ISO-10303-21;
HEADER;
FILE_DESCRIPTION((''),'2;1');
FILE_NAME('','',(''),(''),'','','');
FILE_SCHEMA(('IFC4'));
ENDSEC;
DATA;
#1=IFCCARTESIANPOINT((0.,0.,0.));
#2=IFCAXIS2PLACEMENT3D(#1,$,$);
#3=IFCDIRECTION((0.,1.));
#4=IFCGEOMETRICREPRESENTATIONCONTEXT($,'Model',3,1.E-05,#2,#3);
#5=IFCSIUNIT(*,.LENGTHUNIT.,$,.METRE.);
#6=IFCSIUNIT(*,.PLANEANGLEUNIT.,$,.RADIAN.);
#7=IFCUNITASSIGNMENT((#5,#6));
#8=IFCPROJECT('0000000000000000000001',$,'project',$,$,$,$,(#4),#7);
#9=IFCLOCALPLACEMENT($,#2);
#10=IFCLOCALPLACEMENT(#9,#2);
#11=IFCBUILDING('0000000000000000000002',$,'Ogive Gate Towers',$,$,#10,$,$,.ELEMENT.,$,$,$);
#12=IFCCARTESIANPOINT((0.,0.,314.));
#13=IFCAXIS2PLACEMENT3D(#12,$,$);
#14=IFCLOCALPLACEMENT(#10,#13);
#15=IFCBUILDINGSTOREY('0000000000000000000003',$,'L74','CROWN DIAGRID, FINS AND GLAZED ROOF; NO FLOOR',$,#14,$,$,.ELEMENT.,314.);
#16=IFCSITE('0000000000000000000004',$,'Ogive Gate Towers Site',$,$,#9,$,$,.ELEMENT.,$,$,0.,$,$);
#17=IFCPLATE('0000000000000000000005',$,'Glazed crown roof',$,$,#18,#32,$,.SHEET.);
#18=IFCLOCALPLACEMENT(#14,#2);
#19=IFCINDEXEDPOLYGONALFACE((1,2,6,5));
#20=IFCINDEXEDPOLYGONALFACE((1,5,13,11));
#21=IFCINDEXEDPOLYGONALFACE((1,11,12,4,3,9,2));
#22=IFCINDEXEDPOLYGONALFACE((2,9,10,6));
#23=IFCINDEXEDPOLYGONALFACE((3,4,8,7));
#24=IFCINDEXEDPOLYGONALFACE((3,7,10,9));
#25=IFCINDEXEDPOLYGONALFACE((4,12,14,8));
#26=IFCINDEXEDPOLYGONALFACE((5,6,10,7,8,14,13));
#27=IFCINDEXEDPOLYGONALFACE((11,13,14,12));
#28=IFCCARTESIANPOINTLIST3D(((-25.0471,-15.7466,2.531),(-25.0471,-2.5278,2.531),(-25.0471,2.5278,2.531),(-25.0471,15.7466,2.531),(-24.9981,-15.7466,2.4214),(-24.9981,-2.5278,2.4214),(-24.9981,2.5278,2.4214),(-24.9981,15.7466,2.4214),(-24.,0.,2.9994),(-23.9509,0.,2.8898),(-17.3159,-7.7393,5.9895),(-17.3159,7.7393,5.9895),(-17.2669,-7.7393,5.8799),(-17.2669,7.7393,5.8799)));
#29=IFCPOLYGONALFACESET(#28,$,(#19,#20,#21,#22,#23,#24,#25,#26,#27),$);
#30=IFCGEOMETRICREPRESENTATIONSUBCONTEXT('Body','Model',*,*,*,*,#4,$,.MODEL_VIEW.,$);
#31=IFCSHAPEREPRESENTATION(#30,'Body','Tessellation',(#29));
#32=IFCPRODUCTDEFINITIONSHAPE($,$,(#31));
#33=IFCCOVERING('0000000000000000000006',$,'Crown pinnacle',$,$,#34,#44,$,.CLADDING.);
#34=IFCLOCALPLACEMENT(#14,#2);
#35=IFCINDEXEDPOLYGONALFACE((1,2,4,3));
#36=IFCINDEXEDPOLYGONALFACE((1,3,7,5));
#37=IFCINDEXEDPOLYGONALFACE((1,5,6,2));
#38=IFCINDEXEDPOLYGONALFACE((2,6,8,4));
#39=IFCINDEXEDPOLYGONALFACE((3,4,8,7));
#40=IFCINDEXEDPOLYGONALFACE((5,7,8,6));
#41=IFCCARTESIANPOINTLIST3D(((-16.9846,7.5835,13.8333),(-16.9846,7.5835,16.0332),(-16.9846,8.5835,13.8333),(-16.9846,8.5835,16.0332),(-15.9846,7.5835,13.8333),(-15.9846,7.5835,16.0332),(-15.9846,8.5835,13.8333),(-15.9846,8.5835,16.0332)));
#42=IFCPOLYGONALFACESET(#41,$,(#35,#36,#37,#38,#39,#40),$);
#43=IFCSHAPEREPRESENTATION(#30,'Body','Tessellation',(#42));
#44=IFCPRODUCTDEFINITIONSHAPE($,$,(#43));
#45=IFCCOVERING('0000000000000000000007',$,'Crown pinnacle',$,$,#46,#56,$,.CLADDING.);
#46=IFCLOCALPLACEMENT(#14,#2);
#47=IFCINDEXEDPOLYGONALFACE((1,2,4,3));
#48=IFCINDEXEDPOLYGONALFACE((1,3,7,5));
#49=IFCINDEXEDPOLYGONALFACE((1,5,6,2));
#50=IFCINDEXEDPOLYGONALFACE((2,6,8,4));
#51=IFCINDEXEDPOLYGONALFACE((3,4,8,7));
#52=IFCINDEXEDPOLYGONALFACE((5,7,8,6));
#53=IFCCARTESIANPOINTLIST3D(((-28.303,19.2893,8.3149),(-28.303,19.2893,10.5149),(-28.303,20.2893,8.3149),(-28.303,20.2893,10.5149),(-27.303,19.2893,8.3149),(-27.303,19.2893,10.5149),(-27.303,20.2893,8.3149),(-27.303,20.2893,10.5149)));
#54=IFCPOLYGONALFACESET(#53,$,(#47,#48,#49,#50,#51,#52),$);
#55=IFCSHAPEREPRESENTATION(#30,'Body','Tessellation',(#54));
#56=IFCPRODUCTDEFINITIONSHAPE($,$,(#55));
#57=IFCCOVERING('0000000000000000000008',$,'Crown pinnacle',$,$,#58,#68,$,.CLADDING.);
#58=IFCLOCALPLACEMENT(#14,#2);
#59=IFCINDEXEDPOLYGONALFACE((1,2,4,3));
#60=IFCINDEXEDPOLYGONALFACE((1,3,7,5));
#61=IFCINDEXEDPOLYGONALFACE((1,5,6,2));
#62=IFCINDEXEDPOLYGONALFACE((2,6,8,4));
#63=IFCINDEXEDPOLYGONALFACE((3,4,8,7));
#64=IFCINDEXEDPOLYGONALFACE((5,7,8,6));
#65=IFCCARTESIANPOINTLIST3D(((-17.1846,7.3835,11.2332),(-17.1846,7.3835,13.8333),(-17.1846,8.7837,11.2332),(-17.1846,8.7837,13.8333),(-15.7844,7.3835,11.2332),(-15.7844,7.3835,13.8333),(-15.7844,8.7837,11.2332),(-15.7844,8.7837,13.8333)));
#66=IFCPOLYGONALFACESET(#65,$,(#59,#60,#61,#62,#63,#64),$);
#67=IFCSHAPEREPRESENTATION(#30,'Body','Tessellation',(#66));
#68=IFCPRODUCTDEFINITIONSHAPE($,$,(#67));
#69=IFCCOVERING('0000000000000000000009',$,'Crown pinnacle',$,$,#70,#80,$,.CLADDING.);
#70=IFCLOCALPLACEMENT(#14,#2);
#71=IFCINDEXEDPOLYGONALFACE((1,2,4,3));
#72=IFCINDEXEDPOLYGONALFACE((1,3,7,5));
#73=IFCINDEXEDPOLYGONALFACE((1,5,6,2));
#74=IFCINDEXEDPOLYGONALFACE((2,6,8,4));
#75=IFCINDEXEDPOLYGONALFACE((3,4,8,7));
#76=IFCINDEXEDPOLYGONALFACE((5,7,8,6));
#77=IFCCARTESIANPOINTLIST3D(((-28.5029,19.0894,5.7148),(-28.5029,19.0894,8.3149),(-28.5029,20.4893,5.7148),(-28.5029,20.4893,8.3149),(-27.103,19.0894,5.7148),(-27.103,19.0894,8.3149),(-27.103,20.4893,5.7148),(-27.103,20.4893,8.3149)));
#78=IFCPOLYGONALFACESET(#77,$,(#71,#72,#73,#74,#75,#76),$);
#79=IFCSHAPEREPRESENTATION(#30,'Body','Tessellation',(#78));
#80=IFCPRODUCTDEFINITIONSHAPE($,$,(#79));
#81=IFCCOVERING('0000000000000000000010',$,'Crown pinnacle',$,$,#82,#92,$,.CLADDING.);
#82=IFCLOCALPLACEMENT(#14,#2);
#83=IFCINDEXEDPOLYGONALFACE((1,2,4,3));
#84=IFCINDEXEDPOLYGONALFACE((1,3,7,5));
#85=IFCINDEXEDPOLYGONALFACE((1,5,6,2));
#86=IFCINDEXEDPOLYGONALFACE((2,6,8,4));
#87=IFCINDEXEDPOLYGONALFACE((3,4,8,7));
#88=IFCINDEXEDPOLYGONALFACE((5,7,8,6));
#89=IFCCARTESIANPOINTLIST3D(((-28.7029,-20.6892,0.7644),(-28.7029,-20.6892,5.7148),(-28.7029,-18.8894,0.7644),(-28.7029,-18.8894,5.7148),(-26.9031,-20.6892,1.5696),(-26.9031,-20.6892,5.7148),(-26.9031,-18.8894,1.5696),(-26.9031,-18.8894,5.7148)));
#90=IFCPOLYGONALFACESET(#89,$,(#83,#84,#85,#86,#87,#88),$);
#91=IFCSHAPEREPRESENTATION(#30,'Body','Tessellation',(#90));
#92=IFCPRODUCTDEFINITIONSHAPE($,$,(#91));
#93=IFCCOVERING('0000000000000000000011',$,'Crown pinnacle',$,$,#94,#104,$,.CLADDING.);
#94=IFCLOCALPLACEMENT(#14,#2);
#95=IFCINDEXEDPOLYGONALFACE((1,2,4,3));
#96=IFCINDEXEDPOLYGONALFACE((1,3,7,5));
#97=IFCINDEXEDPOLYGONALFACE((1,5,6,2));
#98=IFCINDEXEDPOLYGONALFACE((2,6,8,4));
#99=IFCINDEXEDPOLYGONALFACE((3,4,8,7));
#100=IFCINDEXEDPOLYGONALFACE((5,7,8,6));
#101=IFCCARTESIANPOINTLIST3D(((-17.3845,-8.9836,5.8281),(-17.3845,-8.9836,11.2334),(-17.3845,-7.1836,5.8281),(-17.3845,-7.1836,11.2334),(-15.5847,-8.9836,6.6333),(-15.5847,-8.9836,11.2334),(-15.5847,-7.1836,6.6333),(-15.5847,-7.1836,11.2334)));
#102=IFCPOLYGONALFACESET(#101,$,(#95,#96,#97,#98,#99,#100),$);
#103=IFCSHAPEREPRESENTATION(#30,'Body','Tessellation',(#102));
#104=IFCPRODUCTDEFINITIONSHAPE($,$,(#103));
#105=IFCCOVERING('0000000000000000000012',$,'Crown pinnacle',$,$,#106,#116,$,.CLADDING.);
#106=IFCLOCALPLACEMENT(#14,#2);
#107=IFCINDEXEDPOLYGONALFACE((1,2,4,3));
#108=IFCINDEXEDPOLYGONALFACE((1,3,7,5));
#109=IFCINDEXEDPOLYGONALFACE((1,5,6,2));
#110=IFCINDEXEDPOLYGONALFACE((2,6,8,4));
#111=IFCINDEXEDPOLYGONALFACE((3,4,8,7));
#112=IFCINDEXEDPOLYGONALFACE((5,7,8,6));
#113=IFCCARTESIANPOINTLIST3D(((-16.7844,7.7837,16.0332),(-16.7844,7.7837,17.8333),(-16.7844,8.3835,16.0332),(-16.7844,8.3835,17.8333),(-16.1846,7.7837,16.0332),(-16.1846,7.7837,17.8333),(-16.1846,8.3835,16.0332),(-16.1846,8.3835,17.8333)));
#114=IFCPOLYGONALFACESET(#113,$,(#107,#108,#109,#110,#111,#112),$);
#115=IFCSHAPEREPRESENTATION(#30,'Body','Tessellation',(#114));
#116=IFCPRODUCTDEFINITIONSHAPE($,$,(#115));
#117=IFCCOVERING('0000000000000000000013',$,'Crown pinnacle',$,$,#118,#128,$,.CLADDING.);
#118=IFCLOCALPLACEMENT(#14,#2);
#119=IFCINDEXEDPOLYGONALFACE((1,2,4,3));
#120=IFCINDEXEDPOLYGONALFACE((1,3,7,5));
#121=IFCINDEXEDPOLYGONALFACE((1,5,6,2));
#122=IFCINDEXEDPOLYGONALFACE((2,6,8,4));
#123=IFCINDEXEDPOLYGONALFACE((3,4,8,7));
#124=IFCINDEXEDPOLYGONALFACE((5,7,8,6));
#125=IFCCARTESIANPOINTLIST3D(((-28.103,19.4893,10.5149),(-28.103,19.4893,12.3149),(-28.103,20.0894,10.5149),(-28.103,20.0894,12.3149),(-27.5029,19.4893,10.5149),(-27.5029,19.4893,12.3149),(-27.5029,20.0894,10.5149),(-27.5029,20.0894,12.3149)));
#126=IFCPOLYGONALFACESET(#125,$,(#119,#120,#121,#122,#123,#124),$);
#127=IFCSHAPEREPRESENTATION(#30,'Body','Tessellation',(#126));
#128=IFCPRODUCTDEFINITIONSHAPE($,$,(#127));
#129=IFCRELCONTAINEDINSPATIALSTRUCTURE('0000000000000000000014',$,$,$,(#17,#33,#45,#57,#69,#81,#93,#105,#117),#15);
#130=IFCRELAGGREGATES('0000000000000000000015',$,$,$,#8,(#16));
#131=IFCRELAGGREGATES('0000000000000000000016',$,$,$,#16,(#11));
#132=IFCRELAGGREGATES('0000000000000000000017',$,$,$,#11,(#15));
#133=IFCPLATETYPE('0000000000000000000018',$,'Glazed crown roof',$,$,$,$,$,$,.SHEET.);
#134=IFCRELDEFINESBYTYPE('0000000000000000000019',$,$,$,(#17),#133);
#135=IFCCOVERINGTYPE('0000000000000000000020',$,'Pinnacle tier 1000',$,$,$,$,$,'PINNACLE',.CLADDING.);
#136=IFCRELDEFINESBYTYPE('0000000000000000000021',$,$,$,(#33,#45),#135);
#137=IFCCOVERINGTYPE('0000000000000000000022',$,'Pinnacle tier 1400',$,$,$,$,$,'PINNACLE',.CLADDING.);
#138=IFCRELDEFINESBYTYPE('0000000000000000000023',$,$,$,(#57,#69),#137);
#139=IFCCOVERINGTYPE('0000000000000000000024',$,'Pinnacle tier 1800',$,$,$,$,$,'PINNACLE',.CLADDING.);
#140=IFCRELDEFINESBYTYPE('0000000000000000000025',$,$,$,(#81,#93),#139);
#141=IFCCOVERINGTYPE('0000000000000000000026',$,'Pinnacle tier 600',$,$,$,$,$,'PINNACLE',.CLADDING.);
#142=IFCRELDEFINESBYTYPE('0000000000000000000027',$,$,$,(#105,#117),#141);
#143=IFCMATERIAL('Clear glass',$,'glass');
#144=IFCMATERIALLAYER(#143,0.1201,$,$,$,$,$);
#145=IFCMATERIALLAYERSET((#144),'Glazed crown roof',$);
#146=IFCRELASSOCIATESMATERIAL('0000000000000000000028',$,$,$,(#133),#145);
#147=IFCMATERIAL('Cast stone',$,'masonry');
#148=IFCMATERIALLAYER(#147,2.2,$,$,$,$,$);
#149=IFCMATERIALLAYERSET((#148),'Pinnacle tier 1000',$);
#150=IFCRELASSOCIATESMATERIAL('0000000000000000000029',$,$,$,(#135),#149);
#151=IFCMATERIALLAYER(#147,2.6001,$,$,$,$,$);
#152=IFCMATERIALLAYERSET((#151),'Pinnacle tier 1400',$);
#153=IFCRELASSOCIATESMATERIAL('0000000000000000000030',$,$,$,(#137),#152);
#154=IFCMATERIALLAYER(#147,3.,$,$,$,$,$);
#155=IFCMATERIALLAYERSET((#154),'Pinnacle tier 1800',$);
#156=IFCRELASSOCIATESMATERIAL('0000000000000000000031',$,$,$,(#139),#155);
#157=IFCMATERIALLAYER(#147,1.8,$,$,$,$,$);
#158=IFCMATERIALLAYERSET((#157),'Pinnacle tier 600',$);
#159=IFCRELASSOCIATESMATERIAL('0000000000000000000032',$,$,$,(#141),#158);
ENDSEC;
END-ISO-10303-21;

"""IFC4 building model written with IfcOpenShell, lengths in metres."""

from ifc_helpers import new_model, si_unit, direction, frame, origin, place, context, subcontext, project, spatial, polyline, outline, extrude, material, layer, layer_set, type_object, element, save


model = new_model("IFC4")

# Units and contexts
model_context = context("Model", 3, precision=1e-05, world=origin(), true_north=direction((0.0, 1.0)))
body_context = subcontext(model_context, "Body", "Model", "MODEL_VIEW")
ifc_project = project(units=[si_unit("LENGTHUNIT", "METRE"), si_unit("PLANEANGLEUNIT", "RADIAN")], contexts=[model_context])

# Site, building, storey
site_placement = place(None, origin())
site = spatial("IfcSite", under=ifc_project, at=site_placement, Name="Ogive Gate Towers Site", CompositionType="ELEMENT", RefElevation=0.0)
building_placement = place(site_placement, origin())
building = spatial("IfcBuilding", under=site, at=building_placement, Name="Ogive Gate Towers", CompositionType="ELEMENT")
storey_placement = place(building_placement, frame((0.0, 0.0, 314.0)))
storey = spatial("IfcBuildingStorey", under=building, at=storey_placement, Name="L74", Description="CROWN DIAGRID, FINS AND GLAZED ROOF; NO FLOOR", CompositionType="ELEMENT", Elevation=314.0)

# Plate
ifc_material_1 = material(Name="Clear glass", Category="glass")
ifc_layer_1 = layer(ifc_material_1, 0.1201)
ifc_layer_set_1 = layer_set([ifc_layer_1], Name="Glazed crown roof")
plate_type_1 = type_object("IfcPlateType", Name="Glazed crown roof", PredefinedType="SHEET", material=ifc_layer_set_1)
plate_1_placement = place(storey_placement, frame((-17.3159, -7.7393, 5.9895), z_axis=(-0.408346, 0.0, 0.912827), x_axis=(-0.663311, -0.687002, -0.296727)))
element("IfcPlate", 1, at=plate_1_placement, inside=storey, type_object=plate_type_1, Name="Glazed crown roof", PredefinedType="SHEET", context=body_context, shape_type="SweptSolid", body=[
    extrude(outline(polyline([(0.0, 0.0), (11.6555, 0.0), (2.5742, -9.6055), (0.004, -10.6543), (-0.8991, -13.2792), (-9.9804, -22.8847), (-10.6338, -11.2476), (0.0, 0.0)])), origin(), (0.0, 0.0, -1.0), 0.1201),
])

# Coverings
ifc_material_2 = material(Name="Cast stone", Category="masonry")
ifc_layer_2 = layer(ifc_material_2, 2.2)
ifc_layer_set_2 = layer_set([ifc_layer_2], Name="Pinnacle tier 1000")
covering_type_1 = type_object("IfcCoveringType", Name="Pinnacle tier 1000", ElementType="PINNACLE", PredefinedType="CLADDING", material=ifc_layer_set_2)
covering_1_placement = place(storey_placement, frame((0.0, 0.0, 13.8333)))
element("IfcCovering", 2, at=covering_1_placement, inside=storey, type_object=covering_type_1, Name="Crown pinnacle", PredefinedType="CLADDING", context=body_context, shape_type="SweptSolid", body=[
    extrude(outline(polyline([(-16.9846, 7.5835), (-15.9846, 7.5835), (-15.9846, 8.5835), (-16.9846, 8.5835), (-16.9846, 7.5835)])), origin(), (0.0, 0.0, 1.0), 2.2),
])
covering_2_placement = place(storey_placement, frame((0.0, 0.0, 8.3149)))
element("IfcCovering", 3, at=covering_2_placement, inside=storey, type_object=covering_type_1, Name="Crown pinnacle", PredefinedType="CLADDING", context=body_context, shape_type="SweptSolid", body=[
    extrude(outline(polyline([(-28.303, 19.2893), (-27.303, 19.2893), (-27.303, 20.2893), (-28.303, 20.2893), (-28.303, 19.2893)])), origin(), (0.0, 0.0, 1.0), 2.2),
])
ifc_layer_3 = layer(ifc_material_2, 2.6001)
ifc_layer_set_3 = layer_set([ifc_layer_3], Name="Pinnacle tier 1400")
covering_type_2 = type_object("IfcCoveringType", Name="Pinnacle tier 1400", ElementType="PINNACLE", PredefinedType="CLADDING", material=ifc_layer_set_3)
covering_3_placement = place(storey_placement, frame((0.0, 0.0, 11.2332)))
element("IfcCovering", 4, at=covering_3_placement, inside=storey, type_object=covering_type_2, Name="Crown pinnacle", PredefinedType="CLADDING", context=body_context, shape_type="SweptSolid", body=[
    extrude(outline(polyline([(-17.1846, 7.3835), (-15.7844, 7.3835), (-15.7844, 8.7837), (-17.1846, 8.7837), (-17.1846, 7.3835)])), origin(), (0.0, 0.0, 1.0), 2.6001),
])
covering_4_placement = place(storey_placement, frame((0.0, 0.0, 5.7148)))
element("IfcCovering", 5, at=covering_4_placement, inside=storey, type_object=covering_type_2, Name="Crown pinnacle", PredefinedType="CLADDING", context=body_context, shape_type="SweptSolid", body=[
    extrude(outline(polyline([(-28.5029, 19.0894), (-27.103, 19.0894), (-27.103, 20.4893), (-28.5029, 20.4893), (-28.5029, 19.0894)])), origin(), (0.0, 0.0, 1.0), 2.6001),
])
ifc_layer_4 = layer(ifc_material_2, 3.0)
ifc_layer_set_4 = layer_set([ifc_layer_4], Name="Pinnacle tier 1800")
covering_type_3 = type_object("IfcCoveringType", Name="Pinnacle tier 1800", ElementType="PINNACLE", PredefinedType="CLADDING", material=ifc_layer_set_4)
covering_5_placement = place(storey_placement, frame((-27.803, -20.6892, 1.167), z_axis=(0.0, 1.0, 0.0), x_axis=(-1.0, 0.0, 0.0)))
element("IfcCovering", 6, at=covering_5_placement, inside=storey, type_object=covering_type_3, Name="Crown pinnacle", PredefinedType="CLADDING", context=body_context, shape_type="SweptSolid", body=[
    extrude(outline(polyline([(0.8999, -0.4026), (-0.8999, 0.4026), (-0.8999, 4.5479), (0.8999, 4.5479), (0.8999, -0.4026)])), origin(), (0.0, 0.0, 1.0), 1.7998),
])
covering_6_placement = place(storey_placement, frame((-16.4846, -8.9836, 6.2307), z_axis=(0.0, 1.0, 0.0), x_axis=(-1.0, 0.0, 0.0)))
element("IfcCovering", 7, at=covering_6_placement, inside=storey, type_object=covering_type_3, Name="Crown pinnacle", PredefinedType="CLADDING", context=body_context, shape_type="SweptSolid", body=[
    extrude(outline(polyline([(0.8999, -0.4026), (-0.8999, 0.4026), (-0.8999, 5.0027), (0.8999, 5.0027), (0.8999, -0.4026)])), origin(), (0.0, 0.0, 1.0), 1.8),
])
ifc_layer_5 = layer(ifc_material_2, 1.8)
ifc_layer_set_5 = layer_set([ifc_layer_5], Name="Pinnacle tier 600")
covering_type_4 = type_object("IfcCoveringType", Name="Pinnacle tier 600", ElementType="PINNACLE", PredefinedType="CLADDING", material=ifc_layer_set_5)
covering_7_placement = place(storey_placement, frame((0.0, 0.0, 16.0332)))
element("IfcCovering", 8, at=covering_7_placement, inside=storey, type_object=covering_type_4, Name="Crown pinnacle", PredefinedType="CLADDING", context=body_context, shape_type="SweptSolid", body=[
    extrude(outline(polyline([(-16.7844, 7.7837), (-16.1846, 7.7837), (-16.1846, 8.3835), (-16.7844, 8.3835), (-16.7844, 7.7837)])), origin(), (0.0, 0.0, 1.0), 1.8),
])
covering_8_placement = place(storey_placement, frame((0.0, 0.0, 10.5149)))
element("IfcCovering", 9, at=covering_8_placement, inside=storey, type_object=covering_type_4, Name="Crown pinnacle", PredefinedType="CLADDING", context=body_context, shape_type="SweptSolid", body=[
    extrude(outline(polyline([(-28.103, 19.4893), (-27.5029, 19.4893), (-27.5029, 20.0894), (-28.103, 20.0894), (-28.103, 19.4893)])), origin(), (0.0, 0.0, 1.0), 1.8),
])

save(model, "model.ifc")
